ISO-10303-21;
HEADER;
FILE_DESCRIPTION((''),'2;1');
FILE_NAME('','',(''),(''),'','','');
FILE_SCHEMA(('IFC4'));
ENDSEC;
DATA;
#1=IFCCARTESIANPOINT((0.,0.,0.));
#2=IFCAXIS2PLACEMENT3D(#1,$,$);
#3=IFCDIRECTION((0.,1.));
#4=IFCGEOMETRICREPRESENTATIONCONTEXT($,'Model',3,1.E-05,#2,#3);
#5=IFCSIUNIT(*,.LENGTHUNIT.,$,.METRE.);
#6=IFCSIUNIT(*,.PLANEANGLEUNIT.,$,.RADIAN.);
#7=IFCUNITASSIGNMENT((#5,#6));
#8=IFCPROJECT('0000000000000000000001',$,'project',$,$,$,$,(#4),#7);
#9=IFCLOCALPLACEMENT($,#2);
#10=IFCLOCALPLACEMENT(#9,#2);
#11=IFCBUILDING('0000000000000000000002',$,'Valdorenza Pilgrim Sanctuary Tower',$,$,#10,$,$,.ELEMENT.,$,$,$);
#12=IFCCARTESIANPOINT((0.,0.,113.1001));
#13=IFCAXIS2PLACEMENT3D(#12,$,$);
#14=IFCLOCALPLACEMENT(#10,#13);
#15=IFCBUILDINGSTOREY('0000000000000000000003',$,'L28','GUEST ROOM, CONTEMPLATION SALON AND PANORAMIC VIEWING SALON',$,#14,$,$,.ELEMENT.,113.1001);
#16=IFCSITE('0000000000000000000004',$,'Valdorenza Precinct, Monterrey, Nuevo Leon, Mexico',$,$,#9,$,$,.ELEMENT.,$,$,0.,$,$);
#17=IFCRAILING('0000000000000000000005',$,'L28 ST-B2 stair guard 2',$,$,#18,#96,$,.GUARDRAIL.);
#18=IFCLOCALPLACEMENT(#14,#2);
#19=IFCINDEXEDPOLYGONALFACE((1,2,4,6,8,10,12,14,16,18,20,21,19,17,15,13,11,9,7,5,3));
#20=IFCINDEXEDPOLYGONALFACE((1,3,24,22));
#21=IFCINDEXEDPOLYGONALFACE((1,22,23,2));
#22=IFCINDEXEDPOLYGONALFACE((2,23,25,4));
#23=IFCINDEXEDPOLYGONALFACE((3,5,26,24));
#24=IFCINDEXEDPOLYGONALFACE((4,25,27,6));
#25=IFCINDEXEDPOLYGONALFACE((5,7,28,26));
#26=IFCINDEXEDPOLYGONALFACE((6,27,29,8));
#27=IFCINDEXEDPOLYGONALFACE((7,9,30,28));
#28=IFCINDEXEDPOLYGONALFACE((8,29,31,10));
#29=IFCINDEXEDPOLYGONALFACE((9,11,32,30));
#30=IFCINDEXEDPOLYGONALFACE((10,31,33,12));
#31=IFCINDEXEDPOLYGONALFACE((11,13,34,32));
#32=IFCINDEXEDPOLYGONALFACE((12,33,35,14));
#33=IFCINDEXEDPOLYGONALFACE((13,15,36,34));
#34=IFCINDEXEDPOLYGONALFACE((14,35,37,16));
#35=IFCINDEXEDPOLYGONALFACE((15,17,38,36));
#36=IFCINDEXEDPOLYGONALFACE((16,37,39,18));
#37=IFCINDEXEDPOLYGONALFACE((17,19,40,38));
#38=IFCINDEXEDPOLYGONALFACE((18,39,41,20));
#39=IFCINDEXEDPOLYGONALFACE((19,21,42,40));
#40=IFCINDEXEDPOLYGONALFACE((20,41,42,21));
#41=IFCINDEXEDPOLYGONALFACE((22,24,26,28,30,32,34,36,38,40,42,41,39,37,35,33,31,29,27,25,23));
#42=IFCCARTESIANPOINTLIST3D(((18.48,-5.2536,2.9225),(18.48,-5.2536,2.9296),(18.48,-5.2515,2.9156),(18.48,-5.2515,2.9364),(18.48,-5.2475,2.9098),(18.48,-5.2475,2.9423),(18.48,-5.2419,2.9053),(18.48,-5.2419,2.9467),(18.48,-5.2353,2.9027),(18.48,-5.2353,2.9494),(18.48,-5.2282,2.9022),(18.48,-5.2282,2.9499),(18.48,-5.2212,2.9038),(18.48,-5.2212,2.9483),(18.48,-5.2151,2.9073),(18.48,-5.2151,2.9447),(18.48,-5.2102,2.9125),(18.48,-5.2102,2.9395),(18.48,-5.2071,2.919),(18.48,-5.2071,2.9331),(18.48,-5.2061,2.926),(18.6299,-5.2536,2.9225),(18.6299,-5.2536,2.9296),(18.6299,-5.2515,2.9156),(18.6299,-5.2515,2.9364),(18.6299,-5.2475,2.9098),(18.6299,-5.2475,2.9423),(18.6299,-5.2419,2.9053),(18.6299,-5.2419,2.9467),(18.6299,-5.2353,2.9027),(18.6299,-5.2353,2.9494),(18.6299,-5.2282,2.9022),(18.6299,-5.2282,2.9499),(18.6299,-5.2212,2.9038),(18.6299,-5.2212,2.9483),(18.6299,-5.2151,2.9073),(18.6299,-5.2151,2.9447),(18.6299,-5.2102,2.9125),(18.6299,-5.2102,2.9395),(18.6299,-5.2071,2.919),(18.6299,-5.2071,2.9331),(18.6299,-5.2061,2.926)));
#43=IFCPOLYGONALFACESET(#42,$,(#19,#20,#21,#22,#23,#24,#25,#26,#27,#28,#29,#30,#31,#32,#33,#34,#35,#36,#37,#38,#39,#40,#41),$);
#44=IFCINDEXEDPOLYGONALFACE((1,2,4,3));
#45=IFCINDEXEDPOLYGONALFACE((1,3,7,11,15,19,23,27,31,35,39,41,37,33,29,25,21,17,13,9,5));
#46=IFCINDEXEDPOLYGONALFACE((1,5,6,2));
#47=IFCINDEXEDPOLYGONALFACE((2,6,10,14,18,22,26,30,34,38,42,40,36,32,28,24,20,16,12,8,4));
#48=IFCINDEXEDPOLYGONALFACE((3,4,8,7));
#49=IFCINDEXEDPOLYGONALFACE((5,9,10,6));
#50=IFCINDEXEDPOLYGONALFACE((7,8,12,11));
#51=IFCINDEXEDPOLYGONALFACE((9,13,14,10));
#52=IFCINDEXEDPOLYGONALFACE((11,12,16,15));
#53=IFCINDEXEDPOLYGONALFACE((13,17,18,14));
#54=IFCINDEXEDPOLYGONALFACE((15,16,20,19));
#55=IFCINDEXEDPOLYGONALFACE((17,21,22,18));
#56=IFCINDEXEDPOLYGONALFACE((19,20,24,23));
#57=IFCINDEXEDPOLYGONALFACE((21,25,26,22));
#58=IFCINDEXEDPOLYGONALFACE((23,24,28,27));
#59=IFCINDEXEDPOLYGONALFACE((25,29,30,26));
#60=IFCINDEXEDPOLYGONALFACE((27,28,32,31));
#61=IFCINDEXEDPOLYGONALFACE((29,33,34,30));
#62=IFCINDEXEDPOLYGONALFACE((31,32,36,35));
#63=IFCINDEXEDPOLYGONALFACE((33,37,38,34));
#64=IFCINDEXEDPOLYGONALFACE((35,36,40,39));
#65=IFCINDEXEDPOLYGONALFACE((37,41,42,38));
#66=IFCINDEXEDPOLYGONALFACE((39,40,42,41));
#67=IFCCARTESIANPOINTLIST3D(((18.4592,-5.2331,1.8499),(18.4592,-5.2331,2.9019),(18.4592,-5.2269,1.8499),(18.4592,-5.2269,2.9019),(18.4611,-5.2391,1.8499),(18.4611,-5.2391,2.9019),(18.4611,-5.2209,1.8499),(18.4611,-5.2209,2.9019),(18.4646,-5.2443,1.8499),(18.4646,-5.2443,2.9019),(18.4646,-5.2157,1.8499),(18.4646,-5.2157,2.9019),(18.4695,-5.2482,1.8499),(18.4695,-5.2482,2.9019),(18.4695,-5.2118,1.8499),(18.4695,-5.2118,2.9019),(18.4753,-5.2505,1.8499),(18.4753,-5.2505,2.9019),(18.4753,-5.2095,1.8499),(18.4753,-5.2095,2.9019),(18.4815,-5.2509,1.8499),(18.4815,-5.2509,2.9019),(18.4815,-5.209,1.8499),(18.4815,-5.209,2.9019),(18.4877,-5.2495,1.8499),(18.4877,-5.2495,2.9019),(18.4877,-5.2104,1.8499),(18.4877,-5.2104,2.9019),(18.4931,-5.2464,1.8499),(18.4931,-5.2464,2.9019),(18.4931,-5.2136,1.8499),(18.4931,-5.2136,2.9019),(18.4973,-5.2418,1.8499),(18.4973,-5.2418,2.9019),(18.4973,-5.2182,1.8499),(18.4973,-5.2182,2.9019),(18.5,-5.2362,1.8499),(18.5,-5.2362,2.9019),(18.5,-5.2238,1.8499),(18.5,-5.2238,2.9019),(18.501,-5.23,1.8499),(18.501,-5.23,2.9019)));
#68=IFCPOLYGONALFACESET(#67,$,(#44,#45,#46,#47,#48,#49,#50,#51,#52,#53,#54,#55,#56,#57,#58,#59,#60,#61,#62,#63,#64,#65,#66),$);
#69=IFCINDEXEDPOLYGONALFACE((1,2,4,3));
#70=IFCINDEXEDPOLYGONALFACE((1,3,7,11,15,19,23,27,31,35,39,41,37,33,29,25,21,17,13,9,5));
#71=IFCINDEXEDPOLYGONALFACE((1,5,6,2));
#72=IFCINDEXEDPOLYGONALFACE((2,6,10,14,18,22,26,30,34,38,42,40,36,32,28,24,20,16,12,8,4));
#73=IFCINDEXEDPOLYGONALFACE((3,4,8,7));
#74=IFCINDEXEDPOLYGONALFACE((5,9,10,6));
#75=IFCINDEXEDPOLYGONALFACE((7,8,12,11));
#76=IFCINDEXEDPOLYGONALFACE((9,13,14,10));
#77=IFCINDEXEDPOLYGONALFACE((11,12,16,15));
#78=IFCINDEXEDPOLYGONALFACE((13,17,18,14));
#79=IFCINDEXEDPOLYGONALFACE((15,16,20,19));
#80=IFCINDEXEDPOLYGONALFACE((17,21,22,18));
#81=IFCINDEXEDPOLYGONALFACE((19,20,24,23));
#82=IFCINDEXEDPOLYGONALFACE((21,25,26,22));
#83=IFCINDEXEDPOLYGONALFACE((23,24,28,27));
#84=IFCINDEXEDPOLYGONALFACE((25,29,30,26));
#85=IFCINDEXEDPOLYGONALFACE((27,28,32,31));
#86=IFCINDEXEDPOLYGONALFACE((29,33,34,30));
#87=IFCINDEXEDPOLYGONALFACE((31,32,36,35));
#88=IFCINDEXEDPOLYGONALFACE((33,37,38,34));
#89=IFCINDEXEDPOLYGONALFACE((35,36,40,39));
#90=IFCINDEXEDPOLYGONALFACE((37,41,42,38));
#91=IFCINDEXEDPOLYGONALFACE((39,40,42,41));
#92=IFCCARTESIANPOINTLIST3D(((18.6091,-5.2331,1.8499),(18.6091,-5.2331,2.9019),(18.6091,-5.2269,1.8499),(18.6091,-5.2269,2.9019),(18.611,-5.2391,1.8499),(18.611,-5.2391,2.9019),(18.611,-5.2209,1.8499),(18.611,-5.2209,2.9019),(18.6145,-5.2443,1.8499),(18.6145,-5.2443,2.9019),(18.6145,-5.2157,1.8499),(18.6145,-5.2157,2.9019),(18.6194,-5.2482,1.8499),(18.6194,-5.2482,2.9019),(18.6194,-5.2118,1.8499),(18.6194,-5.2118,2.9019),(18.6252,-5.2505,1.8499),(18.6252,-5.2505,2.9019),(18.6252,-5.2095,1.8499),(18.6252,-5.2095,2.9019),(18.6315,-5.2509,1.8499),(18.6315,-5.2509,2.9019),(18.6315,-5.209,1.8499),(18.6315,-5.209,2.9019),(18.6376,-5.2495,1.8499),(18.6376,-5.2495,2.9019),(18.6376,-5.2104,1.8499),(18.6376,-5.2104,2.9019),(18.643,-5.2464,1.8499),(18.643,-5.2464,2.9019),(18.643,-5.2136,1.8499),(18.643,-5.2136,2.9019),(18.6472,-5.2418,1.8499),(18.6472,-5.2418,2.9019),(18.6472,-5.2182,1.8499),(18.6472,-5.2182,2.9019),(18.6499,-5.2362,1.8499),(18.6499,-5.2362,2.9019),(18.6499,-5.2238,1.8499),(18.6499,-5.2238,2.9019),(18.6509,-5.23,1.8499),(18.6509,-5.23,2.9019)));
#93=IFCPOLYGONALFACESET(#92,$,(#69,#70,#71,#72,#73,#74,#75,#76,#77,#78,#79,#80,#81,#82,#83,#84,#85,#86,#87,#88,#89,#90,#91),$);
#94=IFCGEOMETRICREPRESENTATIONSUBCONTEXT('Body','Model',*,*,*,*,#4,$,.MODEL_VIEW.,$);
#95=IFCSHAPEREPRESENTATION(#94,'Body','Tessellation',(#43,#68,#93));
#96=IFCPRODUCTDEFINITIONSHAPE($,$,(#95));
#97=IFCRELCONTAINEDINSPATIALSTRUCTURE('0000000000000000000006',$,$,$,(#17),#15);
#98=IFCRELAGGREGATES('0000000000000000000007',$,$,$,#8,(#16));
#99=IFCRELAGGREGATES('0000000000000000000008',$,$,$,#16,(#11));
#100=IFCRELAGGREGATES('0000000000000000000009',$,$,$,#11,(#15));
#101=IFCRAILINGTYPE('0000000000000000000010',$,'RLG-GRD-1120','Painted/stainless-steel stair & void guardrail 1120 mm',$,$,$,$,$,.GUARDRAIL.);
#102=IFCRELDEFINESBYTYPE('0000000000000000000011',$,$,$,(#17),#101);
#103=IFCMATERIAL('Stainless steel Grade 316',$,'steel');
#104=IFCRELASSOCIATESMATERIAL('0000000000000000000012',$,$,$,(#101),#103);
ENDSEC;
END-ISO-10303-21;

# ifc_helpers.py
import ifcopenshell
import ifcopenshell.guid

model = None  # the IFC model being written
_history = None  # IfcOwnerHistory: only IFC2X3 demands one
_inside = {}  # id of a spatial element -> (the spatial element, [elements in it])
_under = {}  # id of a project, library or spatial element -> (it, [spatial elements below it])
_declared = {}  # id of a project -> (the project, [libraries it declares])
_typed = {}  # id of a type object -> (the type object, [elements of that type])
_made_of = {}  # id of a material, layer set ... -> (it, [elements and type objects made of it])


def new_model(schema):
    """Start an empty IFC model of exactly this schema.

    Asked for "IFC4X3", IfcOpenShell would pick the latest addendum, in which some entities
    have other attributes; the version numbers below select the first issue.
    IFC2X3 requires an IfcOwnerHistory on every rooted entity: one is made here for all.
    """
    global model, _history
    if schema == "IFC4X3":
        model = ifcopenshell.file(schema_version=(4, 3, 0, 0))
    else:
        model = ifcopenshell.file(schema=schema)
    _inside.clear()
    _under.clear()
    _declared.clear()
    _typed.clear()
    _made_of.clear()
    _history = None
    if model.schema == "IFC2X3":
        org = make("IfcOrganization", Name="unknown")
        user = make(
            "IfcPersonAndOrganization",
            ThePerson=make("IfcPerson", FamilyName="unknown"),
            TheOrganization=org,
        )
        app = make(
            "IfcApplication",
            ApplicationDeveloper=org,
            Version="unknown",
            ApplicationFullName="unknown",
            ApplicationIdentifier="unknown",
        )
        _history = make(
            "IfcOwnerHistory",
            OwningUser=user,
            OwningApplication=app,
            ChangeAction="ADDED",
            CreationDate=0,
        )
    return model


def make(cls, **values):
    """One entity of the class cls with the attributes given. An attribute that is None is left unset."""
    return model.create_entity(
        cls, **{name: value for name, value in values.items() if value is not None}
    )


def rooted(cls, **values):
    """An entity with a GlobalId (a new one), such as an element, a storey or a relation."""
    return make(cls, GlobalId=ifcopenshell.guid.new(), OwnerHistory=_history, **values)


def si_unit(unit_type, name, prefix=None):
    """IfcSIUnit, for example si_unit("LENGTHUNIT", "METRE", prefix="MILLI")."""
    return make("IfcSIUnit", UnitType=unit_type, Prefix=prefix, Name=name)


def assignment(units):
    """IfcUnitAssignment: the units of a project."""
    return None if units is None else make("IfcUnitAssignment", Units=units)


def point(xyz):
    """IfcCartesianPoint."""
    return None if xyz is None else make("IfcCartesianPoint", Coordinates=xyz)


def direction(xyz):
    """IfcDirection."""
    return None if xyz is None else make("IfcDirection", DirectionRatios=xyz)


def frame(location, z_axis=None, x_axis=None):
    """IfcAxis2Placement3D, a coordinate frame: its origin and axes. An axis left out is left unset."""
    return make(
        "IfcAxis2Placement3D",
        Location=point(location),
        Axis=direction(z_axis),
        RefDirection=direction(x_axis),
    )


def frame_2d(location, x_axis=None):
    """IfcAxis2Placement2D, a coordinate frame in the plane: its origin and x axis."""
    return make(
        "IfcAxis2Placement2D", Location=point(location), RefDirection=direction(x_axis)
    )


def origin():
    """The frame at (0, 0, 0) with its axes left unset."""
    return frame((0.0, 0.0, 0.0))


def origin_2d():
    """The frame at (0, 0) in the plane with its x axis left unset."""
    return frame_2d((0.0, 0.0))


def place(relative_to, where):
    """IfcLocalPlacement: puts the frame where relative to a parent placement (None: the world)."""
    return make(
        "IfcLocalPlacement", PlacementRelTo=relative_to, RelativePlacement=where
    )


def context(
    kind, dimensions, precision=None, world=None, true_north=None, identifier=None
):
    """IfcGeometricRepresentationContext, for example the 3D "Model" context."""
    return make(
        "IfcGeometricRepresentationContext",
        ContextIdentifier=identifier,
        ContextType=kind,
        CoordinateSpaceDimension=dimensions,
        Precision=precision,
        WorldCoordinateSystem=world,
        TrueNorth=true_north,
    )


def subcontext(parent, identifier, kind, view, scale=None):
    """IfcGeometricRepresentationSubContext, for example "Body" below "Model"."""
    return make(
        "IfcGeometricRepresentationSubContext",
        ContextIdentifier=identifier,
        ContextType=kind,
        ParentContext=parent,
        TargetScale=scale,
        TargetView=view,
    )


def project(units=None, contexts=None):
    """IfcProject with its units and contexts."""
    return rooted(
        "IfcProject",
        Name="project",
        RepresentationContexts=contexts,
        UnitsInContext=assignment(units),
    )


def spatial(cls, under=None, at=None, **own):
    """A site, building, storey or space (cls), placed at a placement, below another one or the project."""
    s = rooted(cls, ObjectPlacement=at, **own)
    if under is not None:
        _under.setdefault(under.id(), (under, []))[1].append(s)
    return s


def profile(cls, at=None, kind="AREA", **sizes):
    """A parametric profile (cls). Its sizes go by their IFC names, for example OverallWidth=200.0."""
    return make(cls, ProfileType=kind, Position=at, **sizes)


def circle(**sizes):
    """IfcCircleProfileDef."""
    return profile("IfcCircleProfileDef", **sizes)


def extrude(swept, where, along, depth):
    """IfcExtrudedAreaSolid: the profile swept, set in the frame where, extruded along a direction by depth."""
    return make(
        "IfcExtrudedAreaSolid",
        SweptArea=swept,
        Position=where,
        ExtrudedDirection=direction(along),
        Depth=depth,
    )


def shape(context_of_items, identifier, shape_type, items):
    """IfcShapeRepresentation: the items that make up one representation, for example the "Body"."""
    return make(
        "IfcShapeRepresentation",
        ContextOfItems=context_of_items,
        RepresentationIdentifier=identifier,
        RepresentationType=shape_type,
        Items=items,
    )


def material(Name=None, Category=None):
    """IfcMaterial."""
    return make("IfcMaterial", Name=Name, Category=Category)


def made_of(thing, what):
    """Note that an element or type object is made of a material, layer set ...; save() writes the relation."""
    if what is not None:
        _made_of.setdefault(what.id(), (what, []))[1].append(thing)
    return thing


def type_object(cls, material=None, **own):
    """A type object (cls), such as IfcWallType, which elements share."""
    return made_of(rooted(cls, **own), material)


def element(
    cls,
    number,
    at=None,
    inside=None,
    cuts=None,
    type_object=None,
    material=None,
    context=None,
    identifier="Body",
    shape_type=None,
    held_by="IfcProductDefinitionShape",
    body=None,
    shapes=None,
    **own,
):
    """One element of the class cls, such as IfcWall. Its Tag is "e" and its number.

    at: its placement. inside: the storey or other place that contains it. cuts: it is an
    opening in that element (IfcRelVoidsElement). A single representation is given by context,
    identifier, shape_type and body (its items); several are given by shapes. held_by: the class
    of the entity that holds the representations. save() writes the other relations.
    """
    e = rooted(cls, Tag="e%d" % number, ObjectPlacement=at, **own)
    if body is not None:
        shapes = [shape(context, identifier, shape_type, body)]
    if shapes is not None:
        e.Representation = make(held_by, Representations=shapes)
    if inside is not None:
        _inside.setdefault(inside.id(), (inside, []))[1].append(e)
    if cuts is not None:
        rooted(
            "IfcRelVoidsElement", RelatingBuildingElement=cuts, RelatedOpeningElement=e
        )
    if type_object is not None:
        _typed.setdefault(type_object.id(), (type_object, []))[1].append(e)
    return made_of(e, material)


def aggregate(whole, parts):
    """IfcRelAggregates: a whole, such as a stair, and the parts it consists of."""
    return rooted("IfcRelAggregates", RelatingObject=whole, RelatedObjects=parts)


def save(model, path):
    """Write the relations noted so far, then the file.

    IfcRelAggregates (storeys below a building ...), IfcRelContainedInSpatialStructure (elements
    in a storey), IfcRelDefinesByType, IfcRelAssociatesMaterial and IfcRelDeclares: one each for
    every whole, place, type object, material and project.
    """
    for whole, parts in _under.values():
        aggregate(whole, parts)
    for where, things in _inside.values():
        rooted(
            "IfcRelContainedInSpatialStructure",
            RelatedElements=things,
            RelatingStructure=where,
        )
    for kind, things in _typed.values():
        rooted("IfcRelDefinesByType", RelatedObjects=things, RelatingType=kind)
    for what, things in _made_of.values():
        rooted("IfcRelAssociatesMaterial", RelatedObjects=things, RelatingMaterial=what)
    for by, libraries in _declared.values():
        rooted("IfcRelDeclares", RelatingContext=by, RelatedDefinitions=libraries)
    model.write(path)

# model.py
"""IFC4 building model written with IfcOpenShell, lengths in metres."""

from ifc_helpers import new_model, si_unit, direction, frame, origin, origin_2d, place, context, subcontext, project, spatial, circle, extrude, material, type_object, element, save


model = new_model("IFC4")

# Units and contexts
model_context = context("Model", 3, precision=1e-05, world=origin(), true_north=direction((0.0, 1.0)))
body_context = subcontext(model_context, "Body", "Model", "MODEL_VIEW")
ifc_project = project(units=[si_unit("LENGTHUNIT", "METRE"), si_unit("PLANEANGLEUNIT", "RADIAN")], contexts=[model_context])

# Site, building, storey
site_placement = place(None, origin())
site = spatial("IfcSite", under=ifc_project, at=site_placement, Name="Valdorenza Precinct, Monterrey, Nuevo Leon, Mexico", CompositionType="ELEMENT", RefElevation=0.0)
building_placement = place(site_placement, origin())
building = spatial("IfcBuilding", under=site, at=building_placement, Name="Valdorenza Pilgrim Sanctuary Tower", CompositionType="ELEMENT")
storey_placement = place(building_placement, frame((0.0, 0.0, 113.1001)))
storey = spatial("IfcBuildingStorey", under=building, at=storey_placement, Name="L28", Description="GUEST ROOM, CONTEMPLATION SALON AND PANORAMIC VIEWING SALON", CompositionType="ELEMENT", Elevation=113.1001)

# Railing
ifc_material_1 = material(Name="Stainless steel Grade 316", Category="steel")
railing_type_1 = type_object("IfcRailingType", Name="RLG-GRD-1120", Description="Painted/stainless-steel stair & void guardrail 1120 mm", PredefinedType="GUARDRAIL", material=ifc_material_1)
railing_1_placement = place(storey_placement, frame((18.48, -5.23, 1.8499)))
element("IfcRailing", 1, at=railing_1_placement, inside=storey, type_object=railing_type_1, Name="L28 ST-B2 stair guard 2", PredefinedType="GUARDRAIL", context=body_context, shape_type="SweptSolid", body=[
    extrude(circle(Radius=0.0239, at=origin_2d()), frame((0.0, 0.0, 1.0762), z_axis=(1.0, 0.0, 0.0), x_axis=(0.0, 1.0, 0.0)), (0.0, 0.0, 1.0), 0.1499),
    extrude(circle(Radius=0.021, at=origin_2d()), origin(), (0.0, 0.0, 1.0), 1.052),
    extrude(circle(Radius=0.021, at=origin_2d()), frame((0.1499, 0.0, 0.0)), (0.0, 0.0, 1.0), 1.052),
])

save(model, "model.ifc")
